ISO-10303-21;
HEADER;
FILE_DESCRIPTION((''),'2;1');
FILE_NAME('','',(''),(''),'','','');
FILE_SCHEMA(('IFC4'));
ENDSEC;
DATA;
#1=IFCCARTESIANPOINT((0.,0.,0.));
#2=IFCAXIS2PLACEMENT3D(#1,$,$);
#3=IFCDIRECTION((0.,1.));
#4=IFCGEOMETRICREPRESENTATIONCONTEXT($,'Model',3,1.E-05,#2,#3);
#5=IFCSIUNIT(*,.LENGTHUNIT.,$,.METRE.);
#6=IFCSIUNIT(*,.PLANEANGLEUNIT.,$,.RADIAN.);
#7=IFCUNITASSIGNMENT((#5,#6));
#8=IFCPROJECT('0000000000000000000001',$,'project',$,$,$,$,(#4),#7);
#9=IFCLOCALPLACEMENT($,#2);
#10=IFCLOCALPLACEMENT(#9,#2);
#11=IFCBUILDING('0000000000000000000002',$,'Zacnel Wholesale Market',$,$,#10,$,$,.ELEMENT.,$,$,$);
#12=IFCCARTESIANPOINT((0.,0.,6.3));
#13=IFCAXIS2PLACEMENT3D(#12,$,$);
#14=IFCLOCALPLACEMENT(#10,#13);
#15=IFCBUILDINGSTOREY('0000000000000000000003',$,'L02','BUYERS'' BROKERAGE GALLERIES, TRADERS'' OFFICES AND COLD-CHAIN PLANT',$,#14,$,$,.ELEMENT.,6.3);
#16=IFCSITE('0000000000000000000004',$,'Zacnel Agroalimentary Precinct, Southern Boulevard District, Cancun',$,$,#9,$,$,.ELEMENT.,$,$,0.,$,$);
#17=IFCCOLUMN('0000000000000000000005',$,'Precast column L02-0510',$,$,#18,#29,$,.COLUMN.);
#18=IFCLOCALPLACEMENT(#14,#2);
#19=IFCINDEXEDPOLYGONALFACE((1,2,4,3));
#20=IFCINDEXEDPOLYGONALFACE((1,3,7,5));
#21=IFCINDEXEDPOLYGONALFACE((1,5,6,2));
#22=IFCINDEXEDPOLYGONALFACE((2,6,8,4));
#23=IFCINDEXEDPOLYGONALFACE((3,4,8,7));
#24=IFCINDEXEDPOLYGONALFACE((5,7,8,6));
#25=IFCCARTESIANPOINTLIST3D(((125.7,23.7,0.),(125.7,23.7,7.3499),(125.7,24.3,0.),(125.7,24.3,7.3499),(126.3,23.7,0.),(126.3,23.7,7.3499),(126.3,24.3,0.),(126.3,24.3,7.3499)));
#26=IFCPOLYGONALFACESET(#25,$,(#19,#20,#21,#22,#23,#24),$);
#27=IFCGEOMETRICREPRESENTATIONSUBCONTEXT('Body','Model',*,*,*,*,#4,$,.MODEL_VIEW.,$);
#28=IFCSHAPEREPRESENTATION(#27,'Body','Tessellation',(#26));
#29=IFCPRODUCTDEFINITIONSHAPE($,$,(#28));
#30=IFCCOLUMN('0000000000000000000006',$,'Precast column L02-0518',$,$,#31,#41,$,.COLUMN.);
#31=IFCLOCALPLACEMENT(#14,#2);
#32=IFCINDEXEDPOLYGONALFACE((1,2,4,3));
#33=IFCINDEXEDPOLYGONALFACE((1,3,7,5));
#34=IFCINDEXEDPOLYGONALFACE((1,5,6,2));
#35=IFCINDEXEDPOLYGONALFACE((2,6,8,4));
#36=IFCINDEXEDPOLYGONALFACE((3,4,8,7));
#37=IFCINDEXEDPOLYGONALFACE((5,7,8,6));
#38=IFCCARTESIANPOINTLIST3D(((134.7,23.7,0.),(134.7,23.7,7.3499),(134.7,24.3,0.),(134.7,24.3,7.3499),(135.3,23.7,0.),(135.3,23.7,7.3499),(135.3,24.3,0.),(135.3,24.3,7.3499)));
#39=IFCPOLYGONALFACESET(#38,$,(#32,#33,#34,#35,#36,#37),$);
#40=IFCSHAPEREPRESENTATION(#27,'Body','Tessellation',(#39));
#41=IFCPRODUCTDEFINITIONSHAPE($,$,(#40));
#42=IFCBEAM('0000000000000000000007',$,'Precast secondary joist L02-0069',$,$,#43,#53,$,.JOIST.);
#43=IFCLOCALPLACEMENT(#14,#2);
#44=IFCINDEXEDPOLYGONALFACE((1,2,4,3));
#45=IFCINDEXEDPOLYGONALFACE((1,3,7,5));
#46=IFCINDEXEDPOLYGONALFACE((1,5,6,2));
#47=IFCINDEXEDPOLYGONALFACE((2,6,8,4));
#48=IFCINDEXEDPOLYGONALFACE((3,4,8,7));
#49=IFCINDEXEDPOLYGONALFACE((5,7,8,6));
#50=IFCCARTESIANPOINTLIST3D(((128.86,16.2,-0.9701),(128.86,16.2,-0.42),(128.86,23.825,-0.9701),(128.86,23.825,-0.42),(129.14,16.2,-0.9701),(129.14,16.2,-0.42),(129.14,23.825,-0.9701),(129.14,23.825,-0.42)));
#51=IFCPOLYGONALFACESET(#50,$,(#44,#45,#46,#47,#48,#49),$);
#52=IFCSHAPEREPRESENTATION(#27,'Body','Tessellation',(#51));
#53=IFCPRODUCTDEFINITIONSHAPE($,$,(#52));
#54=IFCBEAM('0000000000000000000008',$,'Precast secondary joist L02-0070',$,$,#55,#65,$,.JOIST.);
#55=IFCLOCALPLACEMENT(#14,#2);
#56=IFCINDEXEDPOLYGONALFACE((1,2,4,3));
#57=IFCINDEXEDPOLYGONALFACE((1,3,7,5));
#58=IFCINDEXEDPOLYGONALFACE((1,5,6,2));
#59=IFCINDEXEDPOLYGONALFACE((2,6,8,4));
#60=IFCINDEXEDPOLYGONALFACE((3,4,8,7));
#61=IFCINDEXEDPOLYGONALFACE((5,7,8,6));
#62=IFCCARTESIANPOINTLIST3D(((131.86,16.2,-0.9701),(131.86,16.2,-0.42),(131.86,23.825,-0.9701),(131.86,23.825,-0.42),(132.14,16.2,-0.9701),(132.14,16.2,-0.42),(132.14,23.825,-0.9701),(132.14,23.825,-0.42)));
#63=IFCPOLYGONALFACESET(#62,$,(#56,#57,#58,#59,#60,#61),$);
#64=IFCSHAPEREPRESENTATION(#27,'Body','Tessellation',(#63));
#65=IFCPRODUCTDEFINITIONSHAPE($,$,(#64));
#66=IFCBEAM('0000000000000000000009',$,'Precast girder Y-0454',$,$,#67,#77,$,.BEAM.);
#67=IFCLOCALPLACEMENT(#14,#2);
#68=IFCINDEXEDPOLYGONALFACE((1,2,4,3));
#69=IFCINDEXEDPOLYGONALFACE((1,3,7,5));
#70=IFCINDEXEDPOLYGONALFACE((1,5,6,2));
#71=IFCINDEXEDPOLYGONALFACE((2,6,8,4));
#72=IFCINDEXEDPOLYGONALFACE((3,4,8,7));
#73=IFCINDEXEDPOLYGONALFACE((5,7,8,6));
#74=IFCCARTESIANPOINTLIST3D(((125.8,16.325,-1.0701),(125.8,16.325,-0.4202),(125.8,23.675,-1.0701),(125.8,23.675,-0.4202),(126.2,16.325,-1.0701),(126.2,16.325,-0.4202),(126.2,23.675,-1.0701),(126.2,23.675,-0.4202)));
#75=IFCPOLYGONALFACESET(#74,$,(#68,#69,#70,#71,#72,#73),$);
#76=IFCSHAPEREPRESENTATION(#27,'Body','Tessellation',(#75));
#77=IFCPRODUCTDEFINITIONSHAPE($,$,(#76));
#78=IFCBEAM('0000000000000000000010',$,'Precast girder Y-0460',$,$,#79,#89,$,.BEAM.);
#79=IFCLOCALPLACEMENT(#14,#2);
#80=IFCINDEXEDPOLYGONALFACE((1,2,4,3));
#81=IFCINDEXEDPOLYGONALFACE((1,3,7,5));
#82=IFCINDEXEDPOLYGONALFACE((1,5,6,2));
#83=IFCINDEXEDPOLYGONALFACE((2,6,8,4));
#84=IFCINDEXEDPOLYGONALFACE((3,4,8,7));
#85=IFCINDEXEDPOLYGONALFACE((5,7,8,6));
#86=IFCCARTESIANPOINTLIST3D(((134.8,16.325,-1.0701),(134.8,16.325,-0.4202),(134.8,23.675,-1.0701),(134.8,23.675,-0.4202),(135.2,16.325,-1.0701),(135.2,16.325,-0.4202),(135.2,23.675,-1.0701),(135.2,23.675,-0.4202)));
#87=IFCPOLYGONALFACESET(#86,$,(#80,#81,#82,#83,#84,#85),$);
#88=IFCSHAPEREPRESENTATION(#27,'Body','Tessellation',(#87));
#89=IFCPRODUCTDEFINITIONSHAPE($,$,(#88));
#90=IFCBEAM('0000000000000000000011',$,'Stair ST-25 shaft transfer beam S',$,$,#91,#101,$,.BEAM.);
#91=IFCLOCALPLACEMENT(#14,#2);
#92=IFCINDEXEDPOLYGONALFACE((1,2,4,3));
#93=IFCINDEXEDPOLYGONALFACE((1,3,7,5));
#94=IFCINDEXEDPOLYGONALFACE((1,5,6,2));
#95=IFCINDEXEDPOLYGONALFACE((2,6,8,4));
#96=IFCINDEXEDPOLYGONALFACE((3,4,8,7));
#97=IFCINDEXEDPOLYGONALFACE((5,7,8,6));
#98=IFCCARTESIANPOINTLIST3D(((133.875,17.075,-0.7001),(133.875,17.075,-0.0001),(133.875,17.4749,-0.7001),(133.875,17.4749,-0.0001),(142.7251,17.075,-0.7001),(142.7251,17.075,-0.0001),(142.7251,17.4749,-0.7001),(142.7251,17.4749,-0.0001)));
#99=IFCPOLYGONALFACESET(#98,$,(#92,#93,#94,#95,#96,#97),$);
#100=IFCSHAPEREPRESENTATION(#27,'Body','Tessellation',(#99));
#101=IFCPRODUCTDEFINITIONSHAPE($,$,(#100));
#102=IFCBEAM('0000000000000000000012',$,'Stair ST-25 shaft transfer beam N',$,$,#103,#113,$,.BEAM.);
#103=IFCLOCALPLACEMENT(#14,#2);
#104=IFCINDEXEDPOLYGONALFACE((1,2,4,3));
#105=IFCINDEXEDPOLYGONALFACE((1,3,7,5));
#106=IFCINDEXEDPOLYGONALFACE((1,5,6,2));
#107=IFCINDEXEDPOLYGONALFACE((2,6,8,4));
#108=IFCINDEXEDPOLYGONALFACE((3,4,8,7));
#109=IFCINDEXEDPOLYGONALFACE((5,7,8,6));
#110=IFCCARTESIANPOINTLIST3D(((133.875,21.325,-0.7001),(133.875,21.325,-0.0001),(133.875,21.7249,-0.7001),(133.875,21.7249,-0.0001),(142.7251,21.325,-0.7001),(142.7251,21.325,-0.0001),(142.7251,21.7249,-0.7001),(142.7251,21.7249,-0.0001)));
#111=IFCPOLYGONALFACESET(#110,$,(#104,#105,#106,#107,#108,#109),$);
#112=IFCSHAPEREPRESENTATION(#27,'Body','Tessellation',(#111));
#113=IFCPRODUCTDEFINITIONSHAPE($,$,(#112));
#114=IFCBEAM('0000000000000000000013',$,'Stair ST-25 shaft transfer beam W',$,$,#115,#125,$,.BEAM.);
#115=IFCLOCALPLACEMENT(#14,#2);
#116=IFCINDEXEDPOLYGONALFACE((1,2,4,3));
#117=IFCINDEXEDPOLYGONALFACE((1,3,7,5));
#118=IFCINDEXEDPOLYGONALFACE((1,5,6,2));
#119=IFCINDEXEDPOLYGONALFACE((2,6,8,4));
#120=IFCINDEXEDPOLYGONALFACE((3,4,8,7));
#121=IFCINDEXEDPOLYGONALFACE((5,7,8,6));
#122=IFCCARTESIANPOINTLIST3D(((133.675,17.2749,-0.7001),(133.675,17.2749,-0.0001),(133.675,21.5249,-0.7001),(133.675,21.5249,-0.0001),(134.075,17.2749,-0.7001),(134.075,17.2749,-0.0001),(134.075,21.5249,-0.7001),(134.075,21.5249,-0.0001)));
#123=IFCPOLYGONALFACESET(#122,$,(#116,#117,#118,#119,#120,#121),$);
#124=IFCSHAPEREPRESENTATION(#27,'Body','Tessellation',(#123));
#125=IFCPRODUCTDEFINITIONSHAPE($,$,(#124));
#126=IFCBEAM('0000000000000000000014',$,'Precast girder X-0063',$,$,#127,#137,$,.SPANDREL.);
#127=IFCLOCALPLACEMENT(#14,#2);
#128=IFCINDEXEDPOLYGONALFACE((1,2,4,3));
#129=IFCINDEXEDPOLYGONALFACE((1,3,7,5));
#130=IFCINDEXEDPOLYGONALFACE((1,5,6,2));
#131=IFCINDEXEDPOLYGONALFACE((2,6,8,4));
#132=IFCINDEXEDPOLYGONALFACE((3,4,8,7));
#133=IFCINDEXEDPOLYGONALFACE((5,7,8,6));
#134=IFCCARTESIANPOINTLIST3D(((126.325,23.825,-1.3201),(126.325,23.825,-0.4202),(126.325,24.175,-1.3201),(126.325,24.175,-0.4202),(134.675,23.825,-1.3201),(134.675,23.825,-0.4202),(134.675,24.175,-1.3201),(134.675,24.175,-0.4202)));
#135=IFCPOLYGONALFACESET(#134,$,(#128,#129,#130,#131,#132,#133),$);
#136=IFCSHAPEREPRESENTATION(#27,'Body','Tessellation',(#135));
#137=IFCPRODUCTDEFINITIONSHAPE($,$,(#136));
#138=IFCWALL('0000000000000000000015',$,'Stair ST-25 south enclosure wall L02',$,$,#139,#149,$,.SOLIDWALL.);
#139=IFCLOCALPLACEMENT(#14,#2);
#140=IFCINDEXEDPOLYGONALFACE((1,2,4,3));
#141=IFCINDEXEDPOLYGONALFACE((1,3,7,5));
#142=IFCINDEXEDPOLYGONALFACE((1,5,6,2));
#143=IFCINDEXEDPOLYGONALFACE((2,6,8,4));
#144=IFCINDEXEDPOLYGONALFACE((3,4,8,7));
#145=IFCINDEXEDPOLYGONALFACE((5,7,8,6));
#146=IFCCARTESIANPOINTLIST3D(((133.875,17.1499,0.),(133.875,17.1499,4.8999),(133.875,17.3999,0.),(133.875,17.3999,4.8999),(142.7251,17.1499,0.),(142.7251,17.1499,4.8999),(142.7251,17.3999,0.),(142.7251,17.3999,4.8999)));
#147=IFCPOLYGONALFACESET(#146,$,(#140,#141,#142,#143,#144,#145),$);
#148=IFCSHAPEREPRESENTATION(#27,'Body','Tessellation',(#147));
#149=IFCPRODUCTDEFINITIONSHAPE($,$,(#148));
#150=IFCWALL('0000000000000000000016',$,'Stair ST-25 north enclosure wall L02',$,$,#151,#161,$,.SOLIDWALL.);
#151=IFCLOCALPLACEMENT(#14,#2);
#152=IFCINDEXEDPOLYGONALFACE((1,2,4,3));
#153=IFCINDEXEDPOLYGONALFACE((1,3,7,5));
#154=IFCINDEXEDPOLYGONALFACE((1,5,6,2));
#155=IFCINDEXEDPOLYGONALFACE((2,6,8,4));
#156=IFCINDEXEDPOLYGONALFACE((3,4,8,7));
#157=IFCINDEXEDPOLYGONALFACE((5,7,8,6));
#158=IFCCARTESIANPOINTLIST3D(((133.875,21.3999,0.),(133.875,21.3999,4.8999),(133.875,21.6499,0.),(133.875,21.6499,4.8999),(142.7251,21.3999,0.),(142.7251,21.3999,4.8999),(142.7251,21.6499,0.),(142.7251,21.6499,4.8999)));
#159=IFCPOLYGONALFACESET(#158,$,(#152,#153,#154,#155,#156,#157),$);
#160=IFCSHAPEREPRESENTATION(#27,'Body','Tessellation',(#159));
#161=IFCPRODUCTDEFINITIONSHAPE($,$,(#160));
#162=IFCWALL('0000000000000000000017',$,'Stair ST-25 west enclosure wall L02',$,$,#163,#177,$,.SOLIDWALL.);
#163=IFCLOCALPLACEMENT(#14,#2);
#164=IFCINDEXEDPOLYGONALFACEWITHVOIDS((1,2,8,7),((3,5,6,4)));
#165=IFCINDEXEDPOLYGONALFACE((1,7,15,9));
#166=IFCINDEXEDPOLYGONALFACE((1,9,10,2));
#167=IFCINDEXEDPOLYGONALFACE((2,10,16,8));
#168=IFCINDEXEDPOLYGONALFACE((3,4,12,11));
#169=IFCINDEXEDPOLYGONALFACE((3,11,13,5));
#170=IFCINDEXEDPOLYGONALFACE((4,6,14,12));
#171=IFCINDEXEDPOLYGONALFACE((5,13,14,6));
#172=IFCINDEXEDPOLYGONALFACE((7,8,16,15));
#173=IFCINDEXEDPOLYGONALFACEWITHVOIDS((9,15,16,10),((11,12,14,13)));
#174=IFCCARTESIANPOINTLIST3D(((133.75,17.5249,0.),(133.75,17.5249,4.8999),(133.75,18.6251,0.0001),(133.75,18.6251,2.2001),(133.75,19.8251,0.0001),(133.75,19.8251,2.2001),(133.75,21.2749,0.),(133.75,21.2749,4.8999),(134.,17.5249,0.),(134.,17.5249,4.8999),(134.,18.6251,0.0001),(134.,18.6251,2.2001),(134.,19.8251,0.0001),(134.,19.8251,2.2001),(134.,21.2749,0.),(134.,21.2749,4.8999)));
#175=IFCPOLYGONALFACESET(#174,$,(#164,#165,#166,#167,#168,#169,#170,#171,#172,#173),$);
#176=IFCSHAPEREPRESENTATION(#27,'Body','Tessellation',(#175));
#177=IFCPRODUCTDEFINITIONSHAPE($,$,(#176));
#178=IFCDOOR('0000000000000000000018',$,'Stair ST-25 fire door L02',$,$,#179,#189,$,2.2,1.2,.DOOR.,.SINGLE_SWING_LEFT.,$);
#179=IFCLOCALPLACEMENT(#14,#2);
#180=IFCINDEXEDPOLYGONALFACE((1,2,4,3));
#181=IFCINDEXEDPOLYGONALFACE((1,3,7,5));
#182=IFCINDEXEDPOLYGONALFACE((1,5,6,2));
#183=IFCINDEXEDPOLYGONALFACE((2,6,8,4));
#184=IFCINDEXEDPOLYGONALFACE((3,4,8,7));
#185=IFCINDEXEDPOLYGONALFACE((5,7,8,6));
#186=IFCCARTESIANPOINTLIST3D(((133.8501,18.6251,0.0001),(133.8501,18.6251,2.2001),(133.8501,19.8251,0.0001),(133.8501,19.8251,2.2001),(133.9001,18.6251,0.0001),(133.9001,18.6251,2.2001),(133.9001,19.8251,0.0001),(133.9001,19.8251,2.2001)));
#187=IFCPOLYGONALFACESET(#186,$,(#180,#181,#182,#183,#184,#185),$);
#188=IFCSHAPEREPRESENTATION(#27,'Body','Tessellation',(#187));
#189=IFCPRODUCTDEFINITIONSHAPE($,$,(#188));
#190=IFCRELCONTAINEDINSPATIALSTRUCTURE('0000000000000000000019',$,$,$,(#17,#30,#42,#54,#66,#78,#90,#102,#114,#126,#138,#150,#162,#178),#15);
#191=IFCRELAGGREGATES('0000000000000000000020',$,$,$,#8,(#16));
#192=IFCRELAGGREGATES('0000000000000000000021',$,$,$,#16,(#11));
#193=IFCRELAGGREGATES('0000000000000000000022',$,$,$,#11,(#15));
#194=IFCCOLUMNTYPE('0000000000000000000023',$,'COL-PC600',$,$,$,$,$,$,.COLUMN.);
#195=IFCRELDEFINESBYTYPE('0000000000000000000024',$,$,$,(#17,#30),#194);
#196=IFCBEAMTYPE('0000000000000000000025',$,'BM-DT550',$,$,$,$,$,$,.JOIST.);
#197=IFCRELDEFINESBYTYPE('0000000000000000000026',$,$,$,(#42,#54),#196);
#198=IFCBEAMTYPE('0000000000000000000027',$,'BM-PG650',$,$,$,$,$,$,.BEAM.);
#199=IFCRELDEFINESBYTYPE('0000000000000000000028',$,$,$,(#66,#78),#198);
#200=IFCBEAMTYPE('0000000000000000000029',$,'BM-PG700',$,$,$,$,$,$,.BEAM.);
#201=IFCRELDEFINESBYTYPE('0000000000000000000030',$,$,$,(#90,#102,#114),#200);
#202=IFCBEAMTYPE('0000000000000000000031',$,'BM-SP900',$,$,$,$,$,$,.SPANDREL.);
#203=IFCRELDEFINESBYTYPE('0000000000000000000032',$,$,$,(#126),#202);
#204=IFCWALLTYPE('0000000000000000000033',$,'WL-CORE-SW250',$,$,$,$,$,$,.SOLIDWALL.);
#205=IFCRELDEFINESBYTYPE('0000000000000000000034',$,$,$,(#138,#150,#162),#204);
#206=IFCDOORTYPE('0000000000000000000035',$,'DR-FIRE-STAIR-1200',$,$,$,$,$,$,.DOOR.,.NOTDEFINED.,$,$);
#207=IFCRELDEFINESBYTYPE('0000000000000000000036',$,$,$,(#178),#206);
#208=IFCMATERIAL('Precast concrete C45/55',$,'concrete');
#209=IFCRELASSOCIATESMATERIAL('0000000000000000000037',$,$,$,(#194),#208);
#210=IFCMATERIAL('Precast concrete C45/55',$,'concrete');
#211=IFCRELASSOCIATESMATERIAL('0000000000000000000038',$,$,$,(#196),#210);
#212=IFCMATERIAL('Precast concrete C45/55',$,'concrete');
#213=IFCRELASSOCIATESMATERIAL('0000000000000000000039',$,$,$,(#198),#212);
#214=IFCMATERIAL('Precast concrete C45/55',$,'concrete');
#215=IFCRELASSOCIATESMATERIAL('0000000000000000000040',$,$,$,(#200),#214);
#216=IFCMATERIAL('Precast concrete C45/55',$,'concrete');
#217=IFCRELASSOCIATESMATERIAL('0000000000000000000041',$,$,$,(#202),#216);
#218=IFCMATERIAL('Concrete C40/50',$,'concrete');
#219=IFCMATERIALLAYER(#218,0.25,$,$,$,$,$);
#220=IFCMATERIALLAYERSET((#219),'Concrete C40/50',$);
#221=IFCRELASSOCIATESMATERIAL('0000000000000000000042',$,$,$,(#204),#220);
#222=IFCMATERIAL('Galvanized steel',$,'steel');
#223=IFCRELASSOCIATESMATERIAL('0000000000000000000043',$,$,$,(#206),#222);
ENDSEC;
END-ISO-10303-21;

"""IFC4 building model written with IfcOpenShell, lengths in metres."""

from ifc_helpers import new_model, si_unit, direction, frame, frame_2d, origin, origin_2d, place, context, subcontext, project, spatial, rectangle, extrude, material, layer, layer_set, material_profile, profile_set, type_object, element, fill, save


model = new_model("IFC4")

# Units and contexts
model_context = context("Model", 3, precision=1e-05, world=origin(), true_north=direction((0.0, 1.0)))
body_context = subcontext(model_context, "Body", "Model", "MODEL_VIEW")
ifc_project = project(units=[si_unit("LENGTHUNIT", "METRE"), si_unit("PLANEANGLEUNIT", "RADIAN")], contexts=[model_context])

# Site, building, storey
site_placement = place(None, origin())
site = spatial("IfcSite", under=ifc_project, at=site_placement, Name="Zacnel Agroalimentary Precinct, Southern Boulevard District, Cancun", CompositionType="ELEMENT", RefElevation=0.0)
building_placement = place(site_placement, origin())
building = spatial("IfcBuilding", under=site, at=building_placement, Name="Zacnel Wholesale Market", CompositionType="ELEMENT")
storey_placement = place(building_placement, frame((0.0, 0.0, 6.3)))
storey = spatial("IfcBuildingStorey", under=building, at=storey_placement, Name="L02", Description="BUYERS' BROKERAGE GALLERIES, TRADERS' OFFICES AND COLD-CHAIN PLANT", CompositionType="ELEMENT", Elevation=6.3)

# Columns
ifc_material_1 = material(Name="Precast concrete C45/55", Category="concrete")
ifc_material_profile_1 = material_profile(ifc_material_1, rectangle(XDim=0.6001, YDim=0.6001, at=origin_2d()), Name="PC 600x600")
ifc_profile_set_1 = profile_set([ifc_material_profile_1], Name="Precast concrete C45/55")
column_type = type_object("IfcColumnType", Name="COL-PC600", PredefinedType="COLUMN", material=ifc_profile_set_1)
for number, where, z_axis, x_axis, name in (
    (1, (126.0, 24.0, 0.0), (0.0, 0.0, 1.0), (1.0, 0.0, 0.0), "Precast column L02-0510"),
    (2, (135.0, 24.0, 0.0), (0.0, 0.0, 1.0), (1.0, 0.0, 0.0), "Precast column L02-0518"),
):
    element("IfcColumn", number, at=place(storey_placement, frame(where, z_axis=z_axis, x_axis=x_axis)), inside=storey, type_object=column_type, Name=name, PredefinedType="COLUMN", context=body_context, shape_type="SweptSolid", body=[
        extrude(rectangle(XDim=0.6001, YDim=0.6001, at=origin_2d()), origin(), (0.0, 0.0, 1.0), 7.3499),
    ])

# Beams
ifc_material_2 = material(Name="Precast concrete C45/55", Category="concrete")
ifc_material_profile_2 = material_profile(ifc_material_2, rectangle(XDim=0.28, YDim=0.55, at=origin_2d()), Name="DT RIB 280x550")
ifc_profile_set_2 = profile_set([ifc_material_profile_2], Name="Precast concrete C45/55")
beam_type_1 = type_object("IfcBeamType", Name="BM-DT550", PredefinedType="JOIST", material=ifc_profile_set_2)
for number, where, z_axis, x_axis, name in (
    (3, (129.0, 16.2, -0.6951), (0.0, 1.0, 0.0), (-1.0, 0.0, 0.0), "Precast secondary joist L02-0069"),
    (4, (132.0, 16.2, -0.6951), (0.0, 1.0, 0.0), (-1.0, 0.0, 0.0), "Precast secondary joist L02-0070"),
):
    element("IfcBeam", number, at=place(storey_placement, frame(where, z_axis=z_axis, x_axis=x_axis)), inside=storey, type_object=beam_type_1, Name=name, PredefinedType="JOIST", context=body_context, shape_type="SweptSolid", body=[
        extrude(rectangle(XDim=0.28, YDim=0.55, at=origin_2d()), origin(), (0.0, 0.0, 1.0), 7.625),
    ])
ifc_material_3 = material(Name="Precast concrete C45/55", Category="concrete")
ifc_material_profile_3 = material_profile(ifc_material_3, rectangle(XDim=0.3999, YDim=0.6499, at=origin_2d()), Name="PG 400x650")
ifc_profile_set_3 = profile_set([ifc_material_profile_3], Name="Precast concrete C45/55")
beam_type_2 = type_object("IfcBeamType", Name="BM-PG650", PredefinedType="BEAM", material=ifc_profile_set_3)
for number, where, z_axis, x_axis, name in (
    (5, (126.0, 16.325, -0.7451), (0.0, 1.0, 0.0), (-1.0, 0.0, 0.0), "Precast girder Y-0454"),
    (6, (135.0, 16.325, -0.7451), (0.0, 1.0, 0.0), (-1.0, 0.0, 0.0), "Precast girder Y-0460"),
):
    element("IfcBeam", number, at=place(storey_placement, frame(where, z_axis=z_axis, x_axis=x_axis)), inside=storey, type_object=beam_type_2, Name=name, PredefinedType="BEAM", context=body_context, shape_type="SweptSolid", body=[
        extrude(rectangle(XDim=0.3999, YDim=0.6499, at=origin_2d()), origin(), (0.0, 0.0, 1.0), 7.3501),
    ])
ifc_material_4 = material(Name="Precast concrete C45/55", Category="concrete")
ifc_material_profile_4 = material_profile(ifc_material_4, rectangle(XDim=0.3999, YDim=0.7, at=origin_2d()), Name="PG 400x700")
ifc_profile_set_4 = profile_set([ifc_material_profile_4], Name="Precast concrete C45/55")
beam_type_3 = type_object("IfcBeamType", Name="BM-PG700", PredefinedType="BEAM", material=ifc_profile_set_4)
for number, where, z_axis, x_axis, name in (
    (7, (133.875, 17.2749, -0.3501), (1.0, 0.0, 0.0), (0.0, 1.0, 0.0), "Stair ST-25 shaft transfer beam S"),
    (8, (133.875, 21.5249, -0.3501), (1.0, 0.0, 0.0), (0.0, 1.0, 0.0), "Stair ST-25 shaft transfer beam N"),
):
    element("IfcBeam", number, at=place(storey_placement, frame(where, z_axis=z_axis, x_axis=x_axis)), inside=storey, type_object=beam_type_3, Name=name, PredefinedType="BEAM", context=body_context, shape_type="SweptSolid", body=[
        extrude(rectangle(XDim=0.3999, YDim=0.7, at=origin_2d()), origin(), (0.0, 0.0, 1.0), 8.8501),
    ])
beam_1_placement = place(storey_placement, frame((133.875, 17.2749, -0.3501), z_axis=(0.0, 1.0, 0.0), x_axis=(-1.0, 0.0, 0.0)))
element("IfcBeam", 9, at=beam_1_placement, inside=storey, type_object=beam_type_3, Name="Stair ST-25 shaft transfer beam W", PredefinedType="BEAM", context=body_context, shape_type="SweptSolid", body=[
    extrude(rectangle(XDim=0.3999, YDim=0.7, at=origin_2d()), origin(), (0.0, 0.0, 1.0), 4.25),
])
ifc_material_5 = material(Name="Precast concrete C45/55", Category="concrete")
ifc_material_profile_5 = material_profile(ifc_material_5, rectangle(XDim=0.3501, YDim=0.8999, at=origin_2d()), Name="SP 350x900")
ifc_profile_set_5 = profile_set([ifc_material_profile_5], Name="Precast concrete C45/55")
beam_type_4 = type_object("IfcBeamType", Name="BM-SP900", PredefinedType="SPANDREL", material=ifc_profile_set_5)
beam_2_placement = place(storey_placement, frame((126.325, 24.0, -0.8701), z_axis=(1.0, 0.0, 0.0), x_axis=(0.0, 1.0, 0.0)))
element("IfcBeam", 10, at=beam_2_placement, inside=storey, type_object=beam_type_4, Name="Precast girder X-0063", PredefinedType="SPANDREL", context=body_context, shape_type="SweptSolid", body=[
    extrude(rectangle(XDim=0.3501, YDim=0.8999, at=origin_2d()), origin(), (0.0, 0.0, 1.0), 8.3501),
])

# Walls
ifc_material_6 = material(Name="Concrete C40/50", Category="concrete")
ifc_layer_1 = layer(ifc_material_6, 0.25)
ifc_layer_set_1 = layer_set([ifc_layer_1], Name="Concrete C40/50")
wall_type = type_object("IfcWallType", Name="WL-CORE-SW250", PredefinedType="SOLIDWALL", material=ifc_layer_set_1)
for number, where, z_axis, x_axis, name in (
    (11, (133.875, 17.2749, 0.0), (0.0, 0.0, 1.0), (1.0, 0.0, 0.0), "Stair ST-25 south enclosure wall L02"),
    (12, (133.875, 21.5249, 0.0), (0.0, 0.0, 1.0), (1.0, 0.0, 0.0), "Stair ST-25 north enclosure wall L02"),
):
    element("IfcWall", number, at=place(storey_placement, frame(where, z_axis=z_axis, x_axis=x_axis)), inside=storey, type_object=wall_type, Name=name, PredefinedType="SOLIDWALL", context=body_context, shape_type="SweptSolid", body=[
        extrude(rectangle(XDim=8.8501, YDim=0.25, at=frame_2d((4.425, 0.0))), origin(), (0.0, 0.0, 1.0), 4.8999),
    ])

# Wall, opening, door
wall_placement = place(storey_placement, frame((133.875, 17.5249, 0.0), z_axis=(0.0, 0.0, 1.0), x_axis=(0.0, 1.0, 0.0)))
wall = element("IfcWall", 13, at=wall_placement, inside=storey, type_object=wall_type, Name="Stair ST-25 west enclosure wall L02", PredefinedType="SOLIDWALL", context=body_context, shape_type="SweptSolid", body=[
    extrude(rectangle(XDim=3.75, YDim=0.25, at=frame_2d((1.875, 0.0))), origin(), (0.0, 0.0, 1.0), 4.8999),
])
opening_placement = place(wall_placement, frame((1.1001, 0.0, 0.0)))
opening = element("IfcOpeningElement", 14, at=opening_placement, cuts=wall, PredefinedType="OPENING", context=body_context, shape_type="SweptSolid", body=[
    extrude(rectangle(XDim=1.2, YDim=2.2, at=frame_2d((0.6001, 1.1001))), frame((0.0, 0.135, 0.0), z_axis=(0.0, -1.0, 0.0), x_axis=(1.0, 0.0, 0.0)), (0.0, 0.0, 1.0), 0.27),
])
ifc_material_7 = material(Name="Galvanized steel", Category="steel")
door_type = type_object("IfcDoorType", Name="DR-FIRE-STAIR-1200", OperationType="NOTDEFINED", PredefinedType="DOOR", material=ifc_material_7)
door_placement = place(opening_placement, origin())
door = element("IfcDoor", 15, at=door_placement, inside=storey, type_object=door_type, Name="Stair ST-25 fire door L02", OperationType="SINGLE_SWING_LEFT", OverallHeight=2.2, OverallWidth=1.2, PredefinedType="DOOR", context=body_context, shape_type="SweptSolid", body=[
    extrude(rectangle(XDim=1.2, YDim=2.2, at=frame_2d((0.6001, 1.1001))), frame((0.0, 0.0249, 0.0), z_axis=(0.0, -1.0, 0.0), x_axis=(1.0, 0.0, 0.0)), (0.0, 0.0, 1.0), 0.05),
])
fill(opening, door)

save(model, "model.ifc")
